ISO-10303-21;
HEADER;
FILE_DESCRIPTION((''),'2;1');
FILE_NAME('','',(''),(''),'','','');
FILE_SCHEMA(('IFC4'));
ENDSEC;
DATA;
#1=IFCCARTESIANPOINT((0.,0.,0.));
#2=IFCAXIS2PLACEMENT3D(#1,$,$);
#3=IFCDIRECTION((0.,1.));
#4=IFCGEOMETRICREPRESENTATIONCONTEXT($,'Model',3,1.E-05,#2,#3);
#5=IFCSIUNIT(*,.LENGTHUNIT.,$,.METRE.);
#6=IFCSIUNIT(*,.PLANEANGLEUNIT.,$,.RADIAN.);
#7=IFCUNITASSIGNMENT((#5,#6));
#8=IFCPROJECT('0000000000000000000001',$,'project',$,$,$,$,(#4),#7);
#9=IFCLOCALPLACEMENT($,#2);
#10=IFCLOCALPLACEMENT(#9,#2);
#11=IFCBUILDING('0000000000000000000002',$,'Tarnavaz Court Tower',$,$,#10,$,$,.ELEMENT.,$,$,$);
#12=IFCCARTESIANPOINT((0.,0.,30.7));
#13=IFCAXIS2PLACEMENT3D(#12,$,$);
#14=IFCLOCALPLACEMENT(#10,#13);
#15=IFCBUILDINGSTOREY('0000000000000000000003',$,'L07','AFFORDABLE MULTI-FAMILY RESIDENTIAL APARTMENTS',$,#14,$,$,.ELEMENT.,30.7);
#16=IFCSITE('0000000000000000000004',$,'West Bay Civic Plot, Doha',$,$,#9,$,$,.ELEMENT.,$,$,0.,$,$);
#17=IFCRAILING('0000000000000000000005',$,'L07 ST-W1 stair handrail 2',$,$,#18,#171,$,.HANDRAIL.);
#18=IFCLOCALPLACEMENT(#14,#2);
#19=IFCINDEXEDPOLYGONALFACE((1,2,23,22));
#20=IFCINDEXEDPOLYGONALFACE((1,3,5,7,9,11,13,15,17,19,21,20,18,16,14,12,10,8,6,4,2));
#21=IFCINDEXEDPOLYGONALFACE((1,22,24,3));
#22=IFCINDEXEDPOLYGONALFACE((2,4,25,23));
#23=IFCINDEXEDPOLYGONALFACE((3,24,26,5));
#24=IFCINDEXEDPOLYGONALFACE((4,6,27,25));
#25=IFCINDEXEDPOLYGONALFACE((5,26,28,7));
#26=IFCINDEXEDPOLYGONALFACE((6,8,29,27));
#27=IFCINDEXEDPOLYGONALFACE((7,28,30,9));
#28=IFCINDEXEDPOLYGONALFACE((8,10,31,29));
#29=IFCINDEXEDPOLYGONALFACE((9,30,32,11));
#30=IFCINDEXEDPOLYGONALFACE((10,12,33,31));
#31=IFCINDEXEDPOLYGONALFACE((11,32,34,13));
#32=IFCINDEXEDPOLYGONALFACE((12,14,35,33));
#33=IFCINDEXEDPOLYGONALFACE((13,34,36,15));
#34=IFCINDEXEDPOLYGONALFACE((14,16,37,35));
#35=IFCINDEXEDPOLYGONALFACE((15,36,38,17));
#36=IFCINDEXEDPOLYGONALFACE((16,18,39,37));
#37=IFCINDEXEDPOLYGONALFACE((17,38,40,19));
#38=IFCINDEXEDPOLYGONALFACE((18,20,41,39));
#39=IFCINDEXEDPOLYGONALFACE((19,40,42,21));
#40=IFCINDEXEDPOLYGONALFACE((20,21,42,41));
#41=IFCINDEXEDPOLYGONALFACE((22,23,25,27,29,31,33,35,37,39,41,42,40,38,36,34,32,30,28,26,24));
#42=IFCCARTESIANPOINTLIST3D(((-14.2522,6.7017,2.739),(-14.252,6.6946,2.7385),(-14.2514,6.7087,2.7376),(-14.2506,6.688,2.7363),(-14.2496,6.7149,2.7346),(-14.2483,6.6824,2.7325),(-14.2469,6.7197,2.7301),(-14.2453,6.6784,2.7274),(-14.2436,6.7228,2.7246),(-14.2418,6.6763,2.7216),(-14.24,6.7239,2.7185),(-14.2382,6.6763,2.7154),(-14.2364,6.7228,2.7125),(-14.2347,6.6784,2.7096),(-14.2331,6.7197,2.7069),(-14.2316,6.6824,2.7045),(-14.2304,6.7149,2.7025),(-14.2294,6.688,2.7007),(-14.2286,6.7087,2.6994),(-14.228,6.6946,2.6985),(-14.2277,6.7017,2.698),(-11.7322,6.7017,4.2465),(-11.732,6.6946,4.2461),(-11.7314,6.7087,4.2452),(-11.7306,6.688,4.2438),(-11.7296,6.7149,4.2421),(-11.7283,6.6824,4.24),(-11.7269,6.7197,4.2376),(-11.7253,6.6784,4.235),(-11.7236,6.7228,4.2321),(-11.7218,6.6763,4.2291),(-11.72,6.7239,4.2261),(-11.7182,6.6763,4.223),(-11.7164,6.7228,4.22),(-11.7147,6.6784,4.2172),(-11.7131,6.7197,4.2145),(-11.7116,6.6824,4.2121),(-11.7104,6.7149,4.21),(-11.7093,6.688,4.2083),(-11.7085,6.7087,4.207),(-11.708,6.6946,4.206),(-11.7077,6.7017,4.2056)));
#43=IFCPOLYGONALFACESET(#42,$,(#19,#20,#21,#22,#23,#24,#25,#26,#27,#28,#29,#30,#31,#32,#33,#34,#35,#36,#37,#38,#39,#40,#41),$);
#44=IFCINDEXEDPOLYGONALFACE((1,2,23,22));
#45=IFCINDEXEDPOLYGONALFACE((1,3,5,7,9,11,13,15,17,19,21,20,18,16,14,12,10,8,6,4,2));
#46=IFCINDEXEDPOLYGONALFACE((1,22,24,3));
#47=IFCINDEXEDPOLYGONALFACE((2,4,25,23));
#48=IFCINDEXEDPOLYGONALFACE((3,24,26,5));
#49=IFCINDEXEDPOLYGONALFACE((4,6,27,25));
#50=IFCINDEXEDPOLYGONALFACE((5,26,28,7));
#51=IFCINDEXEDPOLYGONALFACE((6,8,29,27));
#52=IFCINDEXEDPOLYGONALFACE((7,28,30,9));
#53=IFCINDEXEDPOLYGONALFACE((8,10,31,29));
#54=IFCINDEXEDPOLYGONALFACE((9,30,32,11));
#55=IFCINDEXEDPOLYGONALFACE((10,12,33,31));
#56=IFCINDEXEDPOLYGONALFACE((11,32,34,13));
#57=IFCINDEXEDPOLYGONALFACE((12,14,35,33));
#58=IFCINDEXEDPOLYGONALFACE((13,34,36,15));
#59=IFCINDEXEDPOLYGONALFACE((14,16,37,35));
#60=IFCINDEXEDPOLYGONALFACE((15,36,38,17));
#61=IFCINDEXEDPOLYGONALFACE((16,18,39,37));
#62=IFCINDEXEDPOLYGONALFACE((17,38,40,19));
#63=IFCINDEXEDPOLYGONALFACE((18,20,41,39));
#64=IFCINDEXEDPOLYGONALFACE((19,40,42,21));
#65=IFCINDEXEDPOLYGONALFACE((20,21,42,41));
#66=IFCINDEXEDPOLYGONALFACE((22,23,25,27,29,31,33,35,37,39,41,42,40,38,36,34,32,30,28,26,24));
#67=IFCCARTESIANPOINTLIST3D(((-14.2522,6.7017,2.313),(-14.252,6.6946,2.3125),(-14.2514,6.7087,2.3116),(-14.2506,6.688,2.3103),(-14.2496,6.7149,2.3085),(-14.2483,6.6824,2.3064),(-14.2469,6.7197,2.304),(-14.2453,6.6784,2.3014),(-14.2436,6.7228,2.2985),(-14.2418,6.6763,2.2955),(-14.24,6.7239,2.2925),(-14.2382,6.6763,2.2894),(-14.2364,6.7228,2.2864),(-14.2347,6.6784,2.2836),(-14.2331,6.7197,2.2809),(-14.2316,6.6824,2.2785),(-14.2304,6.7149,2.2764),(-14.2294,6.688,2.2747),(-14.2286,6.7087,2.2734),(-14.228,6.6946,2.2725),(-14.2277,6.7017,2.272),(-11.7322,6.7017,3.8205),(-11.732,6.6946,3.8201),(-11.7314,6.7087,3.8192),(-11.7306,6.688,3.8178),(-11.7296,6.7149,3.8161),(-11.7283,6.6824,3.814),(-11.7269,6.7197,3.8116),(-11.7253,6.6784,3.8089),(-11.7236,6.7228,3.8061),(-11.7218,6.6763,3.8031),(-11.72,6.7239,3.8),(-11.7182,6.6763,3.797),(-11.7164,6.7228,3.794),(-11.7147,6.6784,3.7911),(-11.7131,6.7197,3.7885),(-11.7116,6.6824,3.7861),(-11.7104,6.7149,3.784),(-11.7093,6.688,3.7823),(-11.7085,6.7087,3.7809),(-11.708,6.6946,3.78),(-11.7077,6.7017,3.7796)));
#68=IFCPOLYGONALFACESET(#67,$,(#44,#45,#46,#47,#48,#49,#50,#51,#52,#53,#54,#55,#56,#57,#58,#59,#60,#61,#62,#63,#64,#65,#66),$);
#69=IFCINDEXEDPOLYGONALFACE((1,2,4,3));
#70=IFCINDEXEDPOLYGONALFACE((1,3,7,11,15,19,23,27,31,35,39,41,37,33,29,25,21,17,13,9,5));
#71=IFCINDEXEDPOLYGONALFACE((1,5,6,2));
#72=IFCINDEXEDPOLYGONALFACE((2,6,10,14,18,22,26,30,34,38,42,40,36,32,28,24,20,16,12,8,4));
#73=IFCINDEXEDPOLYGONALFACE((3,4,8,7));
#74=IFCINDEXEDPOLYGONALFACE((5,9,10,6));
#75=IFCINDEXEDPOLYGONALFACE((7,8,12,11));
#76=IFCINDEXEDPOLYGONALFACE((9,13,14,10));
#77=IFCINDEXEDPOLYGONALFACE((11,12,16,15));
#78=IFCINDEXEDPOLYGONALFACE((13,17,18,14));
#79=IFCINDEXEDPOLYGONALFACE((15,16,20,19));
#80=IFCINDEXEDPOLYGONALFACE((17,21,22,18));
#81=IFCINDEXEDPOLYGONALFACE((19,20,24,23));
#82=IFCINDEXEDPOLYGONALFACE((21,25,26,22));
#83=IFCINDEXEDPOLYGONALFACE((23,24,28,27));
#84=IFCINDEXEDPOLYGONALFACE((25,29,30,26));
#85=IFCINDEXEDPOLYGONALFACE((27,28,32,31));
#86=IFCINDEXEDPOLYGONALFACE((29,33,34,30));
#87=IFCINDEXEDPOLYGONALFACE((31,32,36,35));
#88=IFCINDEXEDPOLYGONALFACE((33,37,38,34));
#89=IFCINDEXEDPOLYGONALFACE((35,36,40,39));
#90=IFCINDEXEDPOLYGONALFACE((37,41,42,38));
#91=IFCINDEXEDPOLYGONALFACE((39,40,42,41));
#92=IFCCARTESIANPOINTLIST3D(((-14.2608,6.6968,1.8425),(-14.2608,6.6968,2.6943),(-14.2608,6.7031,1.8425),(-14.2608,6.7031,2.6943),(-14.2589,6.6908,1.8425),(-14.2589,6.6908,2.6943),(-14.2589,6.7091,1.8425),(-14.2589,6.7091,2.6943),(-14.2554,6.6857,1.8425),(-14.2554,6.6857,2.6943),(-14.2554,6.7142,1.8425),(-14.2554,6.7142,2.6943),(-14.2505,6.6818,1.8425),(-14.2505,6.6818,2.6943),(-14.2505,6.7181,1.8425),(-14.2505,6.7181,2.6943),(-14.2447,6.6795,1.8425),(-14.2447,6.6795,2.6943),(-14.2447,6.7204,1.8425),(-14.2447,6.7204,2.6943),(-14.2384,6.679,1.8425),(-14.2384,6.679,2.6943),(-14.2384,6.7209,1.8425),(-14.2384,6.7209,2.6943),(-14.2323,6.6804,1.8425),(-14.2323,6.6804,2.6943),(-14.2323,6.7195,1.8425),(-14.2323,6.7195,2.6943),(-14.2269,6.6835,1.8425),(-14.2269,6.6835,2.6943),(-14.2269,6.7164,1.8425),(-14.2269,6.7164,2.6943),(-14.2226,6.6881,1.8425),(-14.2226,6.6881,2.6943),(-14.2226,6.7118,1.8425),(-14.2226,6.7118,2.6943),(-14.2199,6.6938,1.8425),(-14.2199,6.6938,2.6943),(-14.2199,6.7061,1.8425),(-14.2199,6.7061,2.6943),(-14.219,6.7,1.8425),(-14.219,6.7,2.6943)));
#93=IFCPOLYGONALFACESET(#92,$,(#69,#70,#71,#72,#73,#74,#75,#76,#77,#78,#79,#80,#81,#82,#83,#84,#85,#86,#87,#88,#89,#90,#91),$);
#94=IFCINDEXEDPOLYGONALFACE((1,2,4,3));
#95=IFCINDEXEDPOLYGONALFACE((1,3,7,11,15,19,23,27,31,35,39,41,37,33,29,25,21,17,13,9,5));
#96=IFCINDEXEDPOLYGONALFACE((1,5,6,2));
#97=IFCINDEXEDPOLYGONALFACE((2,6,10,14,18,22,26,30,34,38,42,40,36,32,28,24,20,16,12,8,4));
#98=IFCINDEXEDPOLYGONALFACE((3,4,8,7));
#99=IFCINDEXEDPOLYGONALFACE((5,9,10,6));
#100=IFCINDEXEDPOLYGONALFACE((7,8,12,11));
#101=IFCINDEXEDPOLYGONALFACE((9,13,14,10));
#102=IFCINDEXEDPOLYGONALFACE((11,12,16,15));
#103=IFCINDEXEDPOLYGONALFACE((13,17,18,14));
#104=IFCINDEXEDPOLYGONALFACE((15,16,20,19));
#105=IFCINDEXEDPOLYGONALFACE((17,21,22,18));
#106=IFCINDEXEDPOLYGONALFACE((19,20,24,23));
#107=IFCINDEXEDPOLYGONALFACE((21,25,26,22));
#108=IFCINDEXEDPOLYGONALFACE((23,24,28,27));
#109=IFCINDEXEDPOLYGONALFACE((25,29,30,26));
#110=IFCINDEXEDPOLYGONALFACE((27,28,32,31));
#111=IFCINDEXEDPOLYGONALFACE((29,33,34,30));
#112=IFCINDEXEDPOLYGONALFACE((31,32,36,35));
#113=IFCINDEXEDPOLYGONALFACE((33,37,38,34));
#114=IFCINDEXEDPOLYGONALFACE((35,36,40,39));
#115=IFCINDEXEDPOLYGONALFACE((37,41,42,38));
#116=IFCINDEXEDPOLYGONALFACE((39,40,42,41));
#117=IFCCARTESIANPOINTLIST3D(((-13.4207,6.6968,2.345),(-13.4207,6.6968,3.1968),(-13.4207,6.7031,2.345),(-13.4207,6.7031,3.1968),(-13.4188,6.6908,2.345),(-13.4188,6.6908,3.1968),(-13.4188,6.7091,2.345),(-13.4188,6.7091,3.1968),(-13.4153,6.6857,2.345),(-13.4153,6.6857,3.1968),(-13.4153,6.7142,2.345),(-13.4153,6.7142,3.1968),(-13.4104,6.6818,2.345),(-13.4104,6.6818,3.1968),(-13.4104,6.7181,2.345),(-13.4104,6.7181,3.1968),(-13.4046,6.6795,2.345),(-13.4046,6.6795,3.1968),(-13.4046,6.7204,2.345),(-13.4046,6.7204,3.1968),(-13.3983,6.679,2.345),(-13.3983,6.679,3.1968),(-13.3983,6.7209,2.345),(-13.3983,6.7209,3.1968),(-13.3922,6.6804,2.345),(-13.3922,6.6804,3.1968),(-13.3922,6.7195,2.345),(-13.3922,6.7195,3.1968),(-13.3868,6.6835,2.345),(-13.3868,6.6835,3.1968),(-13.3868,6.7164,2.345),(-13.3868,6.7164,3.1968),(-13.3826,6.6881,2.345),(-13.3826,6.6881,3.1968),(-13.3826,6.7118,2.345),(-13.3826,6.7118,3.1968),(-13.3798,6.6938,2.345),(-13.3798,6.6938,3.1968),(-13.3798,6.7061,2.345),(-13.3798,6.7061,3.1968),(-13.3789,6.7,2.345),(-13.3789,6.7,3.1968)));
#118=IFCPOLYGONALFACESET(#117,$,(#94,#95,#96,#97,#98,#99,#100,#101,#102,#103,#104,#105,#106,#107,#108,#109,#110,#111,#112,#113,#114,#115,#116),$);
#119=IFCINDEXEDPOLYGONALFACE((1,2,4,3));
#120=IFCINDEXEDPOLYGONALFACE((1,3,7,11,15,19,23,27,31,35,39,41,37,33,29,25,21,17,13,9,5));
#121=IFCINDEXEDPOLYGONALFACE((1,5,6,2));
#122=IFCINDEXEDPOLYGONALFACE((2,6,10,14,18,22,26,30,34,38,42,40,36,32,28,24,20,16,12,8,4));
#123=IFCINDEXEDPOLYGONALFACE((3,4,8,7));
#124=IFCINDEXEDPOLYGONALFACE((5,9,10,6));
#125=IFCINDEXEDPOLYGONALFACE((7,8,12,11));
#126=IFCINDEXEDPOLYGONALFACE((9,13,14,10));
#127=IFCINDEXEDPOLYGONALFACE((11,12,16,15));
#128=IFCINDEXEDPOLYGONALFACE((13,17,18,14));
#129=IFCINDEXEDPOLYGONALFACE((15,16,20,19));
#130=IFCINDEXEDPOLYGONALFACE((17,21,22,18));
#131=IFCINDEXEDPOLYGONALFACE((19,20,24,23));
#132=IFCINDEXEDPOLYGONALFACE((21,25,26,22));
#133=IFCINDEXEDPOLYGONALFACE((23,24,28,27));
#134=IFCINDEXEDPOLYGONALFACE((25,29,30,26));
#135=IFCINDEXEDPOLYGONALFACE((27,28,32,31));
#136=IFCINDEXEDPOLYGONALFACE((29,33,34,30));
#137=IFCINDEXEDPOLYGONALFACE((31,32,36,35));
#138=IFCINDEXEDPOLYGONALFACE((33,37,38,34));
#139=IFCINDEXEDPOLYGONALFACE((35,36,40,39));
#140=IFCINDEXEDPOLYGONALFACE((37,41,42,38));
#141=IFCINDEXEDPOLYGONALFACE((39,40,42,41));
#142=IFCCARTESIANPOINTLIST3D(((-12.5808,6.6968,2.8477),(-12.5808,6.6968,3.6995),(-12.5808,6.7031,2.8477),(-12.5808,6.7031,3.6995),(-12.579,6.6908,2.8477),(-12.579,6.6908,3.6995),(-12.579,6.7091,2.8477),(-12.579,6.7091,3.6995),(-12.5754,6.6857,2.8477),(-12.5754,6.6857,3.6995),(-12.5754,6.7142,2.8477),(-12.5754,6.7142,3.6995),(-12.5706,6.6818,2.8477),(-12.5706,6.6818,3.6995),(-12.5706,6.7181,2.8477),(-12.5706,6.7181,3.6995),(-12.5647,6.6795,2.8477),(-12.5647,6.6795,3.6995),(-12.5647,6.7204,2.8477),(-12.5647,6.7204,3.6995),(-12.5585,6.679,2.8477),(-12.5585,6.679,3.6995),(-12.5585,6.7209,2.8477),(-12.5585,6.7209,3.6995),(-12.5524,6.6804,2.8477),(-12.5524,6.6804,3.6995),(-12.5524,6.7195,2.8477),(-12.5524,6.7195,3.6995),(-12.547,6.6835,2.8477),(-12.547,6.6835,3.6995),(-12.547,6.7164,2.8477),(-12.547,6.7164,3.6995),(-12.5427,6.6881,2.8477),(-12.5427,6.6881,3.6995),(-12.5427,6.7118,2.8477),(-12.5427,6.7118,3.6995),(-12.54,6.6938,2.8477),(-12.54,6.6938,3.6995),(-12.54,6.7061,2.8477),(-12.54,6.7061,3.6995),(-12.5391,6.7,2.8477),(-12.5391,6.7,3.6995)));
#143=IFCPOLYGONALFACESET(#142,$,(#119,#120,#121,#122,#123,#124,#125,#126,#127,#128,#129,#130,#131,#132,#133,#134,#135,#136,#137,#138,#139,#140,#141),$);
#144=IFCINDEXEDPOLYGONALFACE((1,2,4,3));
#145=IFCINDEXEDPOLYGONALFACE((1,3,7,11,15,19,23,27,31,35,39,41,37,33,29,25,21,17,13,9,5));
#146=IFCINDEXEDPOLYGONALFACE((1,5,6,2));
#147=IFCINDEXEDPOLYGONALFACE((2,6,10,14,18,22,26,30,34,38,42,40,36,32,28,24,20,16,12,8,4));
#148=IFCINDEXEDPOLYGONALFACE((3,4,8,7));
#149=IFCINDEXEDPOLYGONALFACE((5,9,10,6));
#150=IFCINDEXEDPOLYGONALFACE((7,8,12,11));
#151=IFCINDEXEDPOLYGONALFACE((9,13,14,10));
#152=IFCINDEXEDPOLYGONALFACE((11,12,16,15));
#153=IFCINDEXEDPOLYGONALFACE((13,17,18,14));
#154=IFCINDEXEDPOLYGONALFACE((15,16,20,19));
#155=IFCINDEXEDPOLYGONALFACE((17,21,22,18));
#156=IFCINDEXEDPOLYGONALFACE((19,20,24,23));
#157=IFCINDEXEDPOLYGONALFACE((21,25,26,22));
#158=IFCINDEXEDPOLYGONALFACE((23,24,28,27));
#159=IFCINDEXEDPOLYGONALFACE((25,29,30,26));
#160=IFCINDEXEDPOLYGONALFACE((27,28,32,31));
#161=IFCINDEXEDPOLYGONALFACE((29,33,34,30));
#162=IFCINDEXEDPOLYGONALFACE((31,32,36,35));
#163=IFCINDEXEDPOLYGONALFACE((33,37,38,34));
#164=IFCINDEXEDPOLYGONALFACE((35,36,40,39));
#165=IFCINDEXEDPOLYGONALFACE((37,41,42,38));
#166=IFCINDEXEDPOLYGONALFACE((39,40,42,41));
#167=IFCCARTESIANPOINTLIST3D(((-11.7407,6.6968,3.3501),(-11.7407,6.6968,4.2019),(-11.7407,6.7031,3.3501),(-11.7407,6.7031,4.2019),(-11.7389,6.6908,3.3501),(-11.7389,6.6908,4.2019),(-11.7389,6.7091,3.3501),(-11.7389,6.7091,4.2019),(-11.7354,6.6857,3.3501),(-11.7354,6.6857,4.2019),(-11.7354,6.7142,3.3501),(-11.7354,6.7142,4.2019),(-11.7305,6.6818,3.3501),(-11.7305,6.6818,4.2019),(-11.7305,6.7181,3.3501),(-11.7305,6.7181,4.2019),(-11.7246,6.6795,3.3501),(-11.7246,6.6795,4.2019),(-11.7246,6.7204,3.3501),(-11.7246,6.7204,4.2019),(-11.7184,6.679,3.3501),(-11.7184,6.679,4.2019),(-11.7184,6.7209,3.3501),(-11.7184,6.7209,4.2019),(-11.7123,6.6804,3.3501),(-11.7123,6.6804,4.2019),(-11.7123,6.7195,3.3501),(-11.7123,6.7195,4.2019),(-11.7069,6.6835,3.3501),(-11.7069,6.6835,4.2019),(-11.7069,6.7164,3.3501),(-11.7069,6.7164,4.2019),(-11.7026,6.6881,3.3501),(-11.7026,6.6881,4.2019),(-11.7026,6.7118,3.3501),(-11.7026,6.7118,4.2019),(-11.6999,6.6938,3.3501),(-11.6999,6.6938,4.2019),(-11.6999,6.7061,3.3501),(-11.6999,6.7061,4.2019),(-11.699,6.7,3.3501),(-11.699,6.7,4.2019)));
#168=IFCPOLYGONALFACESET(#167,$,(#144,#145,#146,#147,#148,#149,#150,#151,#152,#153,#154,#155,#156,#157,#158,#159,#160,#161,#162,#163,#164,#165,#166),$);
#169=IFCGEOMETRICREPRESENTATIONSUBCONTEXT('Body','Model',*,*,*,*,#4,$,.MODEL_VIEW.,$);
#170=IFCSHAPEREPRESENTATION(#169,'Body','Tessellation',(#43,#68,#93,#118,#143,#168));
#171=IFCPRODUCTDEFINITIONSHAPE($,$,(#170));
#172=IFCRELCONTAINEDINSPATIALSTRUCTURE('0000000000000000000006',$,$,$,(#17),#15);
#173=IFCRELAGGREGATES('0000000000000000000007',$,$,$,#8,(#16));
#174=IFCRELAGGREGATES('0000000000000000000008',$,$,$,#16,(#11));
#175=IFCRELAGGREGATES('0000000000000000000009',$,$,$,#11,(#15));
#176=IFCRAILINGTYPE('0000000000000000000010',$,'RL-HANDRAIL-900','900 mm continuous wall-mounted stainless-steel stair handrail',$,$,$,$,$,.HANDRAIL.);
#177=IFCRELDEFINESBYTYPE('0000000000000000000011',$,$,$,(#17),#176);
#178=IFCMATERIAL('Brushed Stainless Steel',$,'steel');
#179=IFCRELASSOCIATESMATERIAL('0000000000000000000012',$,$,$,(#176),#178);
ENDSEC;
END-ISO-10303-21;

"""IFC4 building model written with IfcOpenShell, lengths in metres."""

from ifc_helpers import new_model, si_unit, direction, frame, origin, origin_2d, place, context, subcontext, project, spatial, circle, extrude, material, type_object, element, save


model = new_model("IFC4")

# Units and contexts
model_context = context("Model", 3, precision=1e-05, world=origin(), true_north=direction((0.0, 1.0)))
body_context = subcontext(model_context, "Body", "Model", "MODEL_VIEW")
ifc_project = project(units=[si_unit("LENGTHUNIT", "METRE"), si_unit("PLANEANGLEUNIT", "RADIAN")], contexts=[model_context])

# Site, building, storey
site_placement = place(None, origin())
site = spatial("IfcSite", under=ifc_project, at=site_placement, Name="West Bay Civic Plot, Doha", CompositionType="ELEMENT", RefElevation=0.0)
building_placement = place(site_placement, origin())
building = spatial("IfcBuilding", under=site, at=building_placement, Name="Tarnavaz Court Tower", CompositionType="ELEMENT")
storey_placement = place(building_placement, frame((0.0, 0.0, 30.7)))
storey = spatial("IfcBuildingStorey", under=building, at=storey_placement, Name="L07", Description="AFFORDABLE MULTI-FAMILY RESIDENTIAL APARTMENTS", CompositionType="ELEMENT", Elevation=30.7)

# Railing
ifc_material_1 = material(Name="Brushed Stainless Steel", Category="steel")
railing_type_1 = type_object("IfcRailingType", Name="RL-HANDRAIL-900", Description="900 mm continuous wall-mounted stainless-steel stair handrail", PredefinedType="HANDRAIL", material=ifc_material_1)
railing_1_placement = place(storey_placement, frame((-14.24, 6.7, 1.8425)))
element("IfcRailing", 1, at=railing_1_placement, inside=storey, type_object=railing_type_1, Name="L07 ST-W1 stair handrail 2", PredefinedType="HANDRAIL", context=body_context, shape_type="SweptSolid", body=[
    extrude(circle(Radius=0.0239, at=origin_2d()), frame((0.0, 0.0, 0.876), z_axis=(0.85816, 0.0, 0.513383), x_axis=(0.0, 1.0, 0.0)), (0.0, 0.0, 1.0), 2.9365),
    extrude(circle(Radius=0.0239, at=origin_2d()), frame((0.0, 0.0, 0.45), z_axis=(0.85816, 0.0, 0.513383), x_axis=(0.0, 1.0, 0.0)), (0.0, 0.0, 1.0), 2.9365),
    extrude(circle(Radius=0.021, at=origin_2d()), origin(), (0.0, 0.0, 1.0), 0.8518),
    extrude(circle(Radius=0.021, at=origin_2d()), frame((0.8401, 0.0, 0.5024)), (0.0, 0.0, 1.0), 0.8518),
    extrude(circle(Radius=0.021, at=origin_2d()), frame((1.6799, 0.0, 1.0051)), (0.0, 0.0, 1.0), 0.8518),
    extrude(circle(Radius=0.021, at=origin_2d()), frame((2.52, 0.0, 1.5076)), (0.0, 0.0, 1.0), 0.8518),
])

save(model, "model.ifc")
